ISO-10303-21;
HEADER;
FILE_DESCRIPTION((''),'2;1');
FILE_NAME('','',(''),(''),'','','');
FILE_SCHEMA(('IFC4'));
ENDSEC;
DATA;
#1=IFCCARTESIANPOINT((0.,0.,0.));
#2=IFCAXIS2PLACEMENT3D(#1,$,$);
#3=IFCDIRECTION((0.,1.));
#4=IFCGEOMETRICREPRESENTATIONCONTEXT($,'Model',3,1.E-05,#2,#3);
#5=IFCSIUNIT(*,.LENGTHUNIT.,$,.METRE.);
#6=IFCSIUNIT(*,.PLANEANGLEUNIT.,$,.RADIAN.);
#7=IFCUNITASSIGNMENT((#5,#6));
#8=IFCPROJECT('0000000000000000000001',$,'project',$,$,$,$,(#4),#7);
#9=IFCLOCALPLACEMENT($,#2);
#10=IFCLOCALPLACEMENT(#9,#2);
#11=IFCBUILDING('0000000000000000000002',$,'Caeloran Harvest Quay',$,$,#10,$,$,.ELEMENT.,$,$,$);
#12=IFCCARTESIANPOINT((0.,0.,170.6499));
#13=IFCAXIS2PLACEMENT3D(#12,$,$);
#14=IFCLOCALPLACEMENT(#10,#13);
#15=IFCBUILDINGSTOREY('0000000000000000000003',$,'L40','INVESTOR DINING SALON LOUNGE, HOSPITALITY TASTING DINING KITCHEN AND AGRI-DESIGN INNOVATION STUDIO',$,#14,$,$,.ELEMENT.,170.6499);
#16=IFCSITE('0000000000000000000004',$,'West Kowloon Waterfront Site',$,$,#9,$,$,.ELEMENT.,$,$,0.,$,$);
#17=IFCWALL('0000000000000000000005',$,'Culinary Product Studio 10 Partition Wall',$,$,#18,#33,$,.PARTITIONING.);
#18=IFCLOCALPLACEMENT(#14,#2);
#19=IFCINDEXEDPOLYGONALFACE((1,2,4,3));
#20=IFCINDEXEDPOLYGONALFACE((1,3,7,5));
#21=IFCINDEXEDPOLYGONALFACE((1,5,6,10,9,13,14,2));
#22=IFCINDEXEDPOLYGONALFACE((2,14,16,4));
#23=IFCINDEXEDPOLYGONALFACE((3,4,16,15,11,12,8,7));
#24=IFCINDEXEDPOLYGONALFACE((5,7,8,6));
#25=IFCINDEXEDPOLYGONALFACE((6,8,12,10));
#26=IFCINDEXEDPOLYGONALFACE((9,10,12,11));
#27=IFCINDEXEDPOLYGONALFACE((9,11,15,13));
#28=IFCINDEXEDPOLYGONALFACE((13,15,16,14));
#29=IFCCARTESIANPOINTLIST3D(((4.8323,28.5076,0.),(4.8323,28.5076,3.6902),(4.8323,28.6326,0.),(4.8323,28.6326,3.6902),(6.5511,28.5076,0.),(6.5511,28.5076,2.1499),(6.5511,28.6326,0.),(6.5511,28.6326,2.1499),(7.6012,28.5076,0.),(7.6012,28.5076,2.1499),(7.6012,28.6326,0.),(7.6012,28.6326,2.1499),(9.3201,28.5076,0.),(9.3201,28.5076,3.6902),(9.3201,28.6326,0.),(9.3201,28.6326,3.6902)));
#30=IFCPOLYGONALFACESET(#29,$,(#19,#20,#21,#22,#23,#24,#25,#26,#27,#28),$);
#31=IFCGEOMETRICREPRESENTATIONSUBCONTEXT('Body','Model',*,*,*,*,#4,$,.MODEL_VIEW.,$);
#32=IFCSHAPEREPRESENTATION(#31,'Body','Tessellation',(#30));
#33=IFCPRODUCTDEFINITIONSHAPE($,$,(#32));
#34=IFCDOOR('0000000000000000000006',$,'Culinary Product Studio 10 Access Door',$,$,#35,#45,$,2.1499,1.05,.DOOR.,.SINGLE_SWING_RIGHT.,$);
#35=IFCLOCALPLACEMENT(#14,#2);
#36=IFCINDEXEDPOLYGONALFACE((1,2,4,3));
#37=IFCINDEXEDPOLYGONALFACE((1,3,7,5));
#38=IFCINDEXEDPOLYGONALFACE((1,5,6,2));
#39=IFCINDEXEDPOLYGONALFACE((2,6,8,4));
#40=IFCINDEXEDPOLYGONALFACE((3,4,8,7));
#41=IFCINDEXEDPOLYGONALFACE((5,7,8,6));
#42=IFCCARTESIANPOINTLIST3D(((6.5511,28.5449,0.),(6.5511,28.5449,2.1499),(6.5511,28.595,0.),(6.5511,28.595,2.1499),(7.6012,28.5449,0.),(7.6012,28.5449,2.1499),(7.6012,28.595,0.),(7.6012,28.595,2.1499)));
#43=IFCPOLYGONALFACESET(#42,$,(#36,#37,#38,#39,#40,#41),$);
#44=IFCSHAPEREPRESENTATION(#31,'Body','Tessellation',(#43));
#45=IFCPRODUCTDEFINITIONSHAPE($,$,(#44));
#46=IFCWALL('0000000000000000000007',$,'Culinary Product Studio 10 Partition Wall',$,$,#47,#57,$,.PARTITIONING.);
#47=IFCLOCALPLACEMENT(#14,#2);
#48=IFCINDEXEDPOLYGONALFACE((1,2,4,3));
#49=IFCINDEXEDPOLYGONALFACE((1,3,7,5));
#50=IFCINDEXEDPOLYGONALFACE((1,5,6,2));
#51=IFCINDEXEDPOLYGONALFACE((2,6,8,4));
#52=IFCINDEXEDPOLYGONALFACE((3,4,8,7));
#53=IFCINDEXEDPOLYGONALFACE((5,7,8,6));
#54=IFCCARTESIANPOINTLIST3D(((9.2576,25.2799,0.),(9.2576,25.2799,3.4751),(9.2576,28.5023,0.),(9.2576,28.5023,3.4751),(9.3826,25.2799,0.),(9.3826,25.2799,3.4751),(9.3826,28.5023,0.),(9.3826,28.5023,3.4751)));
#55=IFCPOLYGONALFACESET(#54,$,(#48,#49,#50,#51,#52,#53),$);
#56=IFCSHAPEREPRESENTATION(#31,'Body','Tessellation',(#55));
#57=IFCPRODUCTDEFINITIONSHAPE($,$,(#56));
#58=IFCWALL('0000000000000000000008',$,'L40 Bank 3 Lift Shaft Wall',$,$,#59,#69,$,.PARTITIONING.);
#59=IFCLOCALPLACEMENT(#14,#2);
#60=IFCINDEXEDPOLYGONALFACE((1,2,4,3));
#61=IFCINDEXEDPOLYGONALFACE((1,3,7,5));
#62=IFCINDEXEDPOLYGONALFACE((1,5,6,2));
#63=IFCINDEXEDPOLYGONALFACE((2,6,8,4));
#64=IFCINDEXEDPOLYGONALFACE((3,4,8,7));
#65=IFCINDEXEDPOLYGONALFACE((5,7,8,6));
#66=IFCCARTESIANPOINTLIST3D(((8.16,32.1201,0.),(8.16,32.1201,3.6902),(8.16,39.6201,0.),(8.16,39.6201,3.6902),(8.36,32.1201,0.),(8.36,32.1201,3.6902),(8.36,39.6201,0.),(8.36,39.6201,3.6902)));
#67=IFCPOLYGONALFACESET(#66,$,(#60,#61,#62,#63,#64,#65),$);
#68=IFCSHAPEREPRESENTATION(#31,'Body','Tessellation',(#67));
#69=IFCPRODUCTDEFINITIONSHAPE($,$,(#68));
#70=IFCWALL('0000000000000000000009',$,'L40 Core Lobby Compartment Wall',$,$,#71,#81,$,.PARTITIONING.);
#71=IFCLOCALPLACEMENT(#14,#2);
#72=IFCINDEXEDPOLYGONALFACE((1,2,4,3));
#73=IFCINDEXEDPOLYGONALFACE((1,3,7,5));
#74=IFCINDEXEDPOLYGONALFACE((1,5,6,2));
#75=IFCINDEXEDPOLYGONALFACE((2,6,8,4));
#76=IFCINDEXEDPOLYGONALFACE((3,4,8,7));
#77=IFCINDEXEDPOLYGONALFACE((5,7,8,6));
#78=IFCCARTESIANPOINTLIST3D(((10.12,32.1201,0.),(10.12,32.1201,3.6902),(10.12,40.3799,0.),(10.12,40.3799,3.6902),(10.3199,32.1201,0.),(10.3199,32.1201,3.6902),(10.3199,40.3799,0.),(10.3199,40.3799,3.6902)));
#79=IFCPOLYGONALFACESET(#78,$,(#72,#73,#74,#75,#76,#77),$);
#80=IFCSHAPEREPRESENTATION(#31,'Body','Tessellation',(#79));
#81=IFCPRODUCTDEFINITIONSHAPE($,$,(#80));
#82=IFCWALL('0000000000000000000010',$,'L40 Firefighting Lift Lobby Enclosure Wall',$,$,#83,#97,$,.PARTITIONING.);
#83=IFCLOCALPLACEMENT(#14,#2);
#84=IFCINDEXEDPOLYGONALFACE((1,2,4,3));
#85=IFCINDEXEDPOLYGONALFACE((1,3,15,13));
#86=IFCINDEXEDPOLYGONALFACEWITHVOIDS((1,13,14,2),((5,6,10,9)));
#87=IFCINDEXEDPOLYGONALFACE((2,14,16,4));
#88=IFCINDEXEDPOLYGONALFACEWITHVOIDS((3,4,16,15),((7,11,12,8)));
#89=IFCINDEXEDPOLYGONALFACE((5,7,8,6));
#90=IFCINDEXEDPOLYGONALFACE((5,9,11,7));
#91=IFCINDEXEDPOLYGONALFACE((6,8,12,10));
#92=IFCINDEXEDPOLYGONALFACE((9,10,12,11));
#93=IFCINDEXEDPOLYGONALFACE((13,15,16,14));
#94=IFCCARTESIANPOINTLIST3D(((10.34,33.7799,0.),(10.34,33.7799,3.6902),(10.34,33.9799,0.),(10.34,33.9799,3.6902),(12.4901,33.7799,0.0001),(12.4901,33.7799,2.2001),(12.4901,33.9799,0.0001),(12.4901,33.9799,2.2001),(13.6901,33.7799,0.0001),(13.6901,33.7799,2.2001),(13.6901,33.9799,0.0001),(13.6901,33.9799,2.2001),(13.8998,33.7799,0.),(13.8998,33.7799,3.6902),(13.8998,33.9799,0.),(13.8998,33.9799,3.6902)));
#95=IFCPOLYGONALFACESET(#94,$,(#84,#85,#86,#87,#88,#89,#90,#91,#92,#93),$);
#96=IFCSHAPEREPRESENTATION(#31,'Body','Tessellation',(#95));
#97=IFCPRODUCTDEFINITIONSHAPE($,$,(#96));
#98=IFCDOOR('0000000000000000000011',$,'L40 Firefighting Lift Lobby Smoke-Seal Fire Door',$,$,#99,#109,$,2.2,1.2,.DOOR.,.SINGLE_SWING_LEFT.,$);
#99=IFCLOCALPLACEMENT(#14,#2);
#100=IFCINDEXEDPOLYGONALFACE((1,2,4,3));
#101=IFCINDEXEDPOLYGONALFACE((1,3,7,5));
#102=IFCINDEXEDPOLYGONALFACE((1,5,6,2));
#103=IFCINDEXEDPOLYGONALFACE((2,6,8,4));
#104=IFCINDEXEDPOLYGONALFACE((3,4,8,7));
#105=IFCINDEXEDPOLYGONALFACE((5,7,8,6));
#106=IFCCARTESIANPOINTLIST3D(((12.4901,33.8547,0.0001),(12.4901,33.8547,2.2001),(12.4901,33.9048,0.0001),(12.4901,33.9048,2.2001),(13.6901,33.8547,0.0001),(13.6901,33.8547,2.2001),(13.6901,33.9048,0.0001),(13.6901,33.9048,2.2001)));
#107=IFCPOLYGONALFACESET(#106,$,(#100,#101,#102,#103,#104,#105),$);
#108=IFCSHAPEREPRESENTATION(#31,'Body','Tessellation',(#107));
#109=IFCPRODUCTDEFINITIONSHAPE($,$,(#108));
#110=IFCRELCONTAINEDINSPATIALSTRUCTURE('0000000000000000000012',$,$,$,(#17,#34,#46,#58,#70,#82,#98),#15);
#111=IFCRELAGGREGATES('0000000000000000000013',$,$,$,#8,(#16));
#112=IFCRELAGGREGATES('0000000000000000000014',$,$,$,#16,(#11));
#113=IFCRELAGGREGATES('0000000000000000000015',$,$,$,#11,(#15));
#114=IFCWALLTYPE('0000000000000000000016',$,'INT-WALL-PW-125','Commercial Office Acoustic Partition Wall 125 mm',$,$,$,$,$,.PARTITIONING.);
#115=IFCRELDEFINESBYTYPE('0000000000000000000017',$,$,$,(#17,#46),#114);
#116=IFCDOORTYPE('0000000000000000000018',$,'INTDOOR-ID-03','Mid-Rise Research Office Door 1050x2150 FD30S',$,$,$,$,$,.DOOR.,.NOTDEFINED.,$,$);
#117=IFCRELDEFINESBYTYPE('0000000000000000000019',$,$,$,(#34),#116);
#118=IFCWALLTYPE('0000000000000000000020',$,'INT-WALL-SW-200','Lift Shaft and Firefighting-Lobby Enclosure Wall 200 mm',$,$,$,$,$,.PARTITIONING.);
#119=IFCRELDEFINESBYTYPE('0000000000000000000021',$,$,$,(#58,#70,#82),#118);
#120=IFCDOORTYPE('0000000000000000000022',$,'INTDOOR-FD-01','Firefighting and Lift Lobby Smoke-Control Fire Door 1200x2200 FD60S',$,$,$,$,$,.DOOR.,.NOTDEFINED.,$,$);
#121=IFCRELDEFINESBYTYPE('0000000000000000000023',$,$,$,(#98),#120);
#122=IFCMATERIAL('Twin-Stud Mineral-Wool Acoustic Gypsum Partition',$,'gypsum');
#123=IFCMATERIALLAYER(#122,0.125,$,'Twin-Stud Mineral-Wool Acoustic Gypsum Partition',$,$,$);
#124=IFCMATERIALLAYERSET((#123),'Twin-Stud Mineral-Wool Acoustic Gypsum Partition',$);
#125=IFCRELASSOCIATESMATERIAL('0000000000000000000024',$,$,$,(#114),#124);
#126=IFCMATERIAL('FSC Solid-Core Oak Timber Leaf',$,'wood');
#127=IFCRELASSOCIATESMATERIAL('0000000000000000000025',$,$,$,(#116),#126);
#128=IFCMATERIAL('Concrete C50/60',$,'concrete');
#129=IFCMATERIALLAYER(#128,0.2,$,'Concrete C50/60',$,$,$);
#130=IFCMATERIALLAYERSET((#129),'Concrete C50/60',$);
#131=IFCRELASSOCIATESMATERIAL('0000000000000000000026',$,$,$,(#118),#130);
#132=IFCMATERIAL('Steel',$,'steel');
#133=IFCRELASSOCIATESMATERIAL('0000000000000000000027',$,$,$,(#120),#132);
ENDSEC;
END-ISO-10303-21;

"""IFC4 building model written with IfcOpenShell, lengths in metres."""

from ifc_helpers import new_model, si_unit, direction, frame, frame_2d, origin, place, context, subcontext, project, spatial, rectangle, extrude, material, layer, layer_set, type_object, element, fill, save


model = new_model("IFC4")

# Units and contexts
model_context = context("Model", 3, precision=1e-05, world=origin(), true_north=direction((0.0, 1.0)))
body_context = subcontext(model_context, "Body", "Model", "MODEL_VIEW")
ifc_project = project(units=[si_unit("LENGTHUNIT", "METRE"), si_unit("PLANEANGLEUNIT", "RADIAN")], contexts=[model_context])

# Site, building, storey
site_placement = place(None, origin())
site = spatial("IfcSite", under=ifc_project, at=site_placement, Name="West Kowloon Waterfront Site", CompositionType="ELEMENT", RefElevation=0.0)
building_placement = place(site_placement, origin())
building = spatial("IfcBuilding", under=site, at=building_placement, Name="Caeloran Harvest Quay", CompositionType="ELEMENT")
storey_placement = place(building_placement, frame((0.0, 0.0, 170.6499)))
storey = spatial("IfcBuildingStorey", under=building, at=storey_placement, Name="L40", Description="INVESTOR DINING SALON LOUNGE, HOSPITALITY TASTING DINING KITCHEN AND AGRI-DESIGN INNOVATION STUDIO", CompositionType="ELEMENT", Elevation=170.6499)

# Shared definitions
ifc_material_1 = material(Name="Twin-Stud Mineral-Wool Acoustic Gypsum Partition", Category="gypsum")
ifc_layer_1 = layer(ifc_material_1, 0.125, Name="Twin-Stud Mineral-Wool Acoustic Gypsum Partition")
ifc_layer_set_1 = layer_set([ifc_layer_1], Name="Twin-Stud Mineral-Wool Acoustic Gypsum Partition")
wall_type_1 = type_object("IfcWallType", Name="INT-WALL-PW-125", Description="Commercial Office Acoustic Partition Wall 125 mm", PredefinedType="PARTITIONING", material=ifc_layer_set_1)

# Wall, opening, door
wall_1_placement = place(storey_placement, frame((4.8323, 28.5701, 0.0), z_axis=(0.0, 0.0, 1.0), x_axis=(1.0, 0.0, 0.0)))
wall_1 = element("IfcWall", 1, at=wall_1_placement, inside=storey, type_object=wall_type_1, Name="Culinary Product Studio 10 Partition Wall", PredefinedType="PARTITIONING", context=body_context, shape_type="SweptSolid", body=[
    extrude(rectangle(XDim=4.4878, YDim=0.125, at=frame_2d((2.2439, 0.0))), origin(), (0.0, 0.0, 1.0), 3.6902),
])
opening_1_placement = place(wall_1_placement, frame((1.719, 0.0, 0.0)))
opening_1 = element("IfcOpeningElement", 2, at=opening_1_placement, cuts=wall_1, PredefinedType="OPENING", context=body_context, shape_type="SweptSolid", body=[
    extrude(rectangle(XDim=1.05, YDim=2.1499, at=frame_2d((0.5249, 1.075))), frame((0.0, 0.0725, 0.0), z_axis=(0.0, -1.0, 0.0), x_axis=(1.0, 0.0, 0.0)), (0.0, 0.0, 1.0), 0.145),
])
ifc_material_2 = material(Name="FSC Solid-Core Oak Timber Leaf", Category="wood")
door_type_1 = type_object("IfcDoorType", Name="INTDOOR-ID-03", Description="Mid-Rise Research Office Door 1050x2150 FD30S", OperationType="NOTDEFINED", PredefinedType="DOOR", material=ifc_material_2)
door_1_placement = place(opening_1_placement, origin())
door_1 = element("IfcDoor", 3, at=door_1_placement, inside=storey, type_object=door_type_1, Name="Culinary Product Studio 10 Access Door", OperationType="SINGLE_SWING_RIGHT", OverallHeight=2.1499, OverallWidth=1.05, PredefinedType="DOOR", context=body_context, shape_type="SweptSolid", body=[
    extrude(rectangle(XDim=1.05, YDim=2.1499, at=frame_2d((0.5249, 1.075))), frame((0.0, 0.0249, 0.0), z_axis=(0.0, -1.0, 0.0), x_axis=(1.0, 0.0, 0.0)), (0.0, 0.0, 1.0), 0.05),
])
fill(opening_1, door_1)

# Walls
wall_2_placement = place(storey_placement, frame((9.3201, 28.5024, 0.0), z_axis=(0.0, 0.0, 1.0), x_axis=(0.0, -1.0, 0.0)))
element("IfcWall", 4, at=wall_2_placement, inside=storey, type_object=wall_type_1, Name="Culinary Product Studio 10 Partition Wall", PredefinedType="PARTITIONING", context=body_context, shape_type="SweptSolid", body=[
    extrude(rectangle(XDim=3.2224, YDim=0.125, at=frame_2d((1.6113, 0.0))), origin(), (0.0, 0.0, 1.0), 3.4751),
])
ifc_material_3 = material(Name="Concrete C50/60", Category="concrete")
ifc_layer_2 = layer(ifc_material_3, 0.2, Name="Concrete C50/60")
ifc_layer_set_2 = layer_set([ifc_layer_2], Name="Concrete C50/60")
wall_type_2 = type_object("IfcWallType", Name="INT-WALL-SW-200", Description="Lift Shaft and Firefighting-Lobby Enclosure Wall 200 mm", PredefinedType="PARTITIONING", material=ifc_layer_set_2)
wall_3_placement = place(storey_placement, frame((8.26, 32.1201, 0.0), z_axis=(0.0, 0.0, 1.0), x_axis=(0.0, 1.0, 0.0)))
element("IfcWall", 5, at=wall_3_placement, inside=storey, type_object=wall_type_2, Name="L40 Bank 3 Lift Shaft Wall", PredefinedType="PARTITIONING", context=body_context, shape_type="SweptSolid", body=[
    extrude(rectangle(XDim=7.5, YDim=0.2, at=frame_2d((3.75, 0.0))), origin(), (0.0, 0.0, 1.0), 3.6902),
])
wall_4_placement = place(storey_placement, frame((10.22, 32.1201, 0.0), z_axis=(0.0, 0.0, 1.0), x_axis=(0.0, 1.0, 0.0)))
element("IfcWall", 6, at=wall_4_placement, inside=storey, type_object=wall_type_2, Name="L40 Core Lobby Compartment Wall", PredefinedType="PARTITIONING", context=body_context, shape_type="SweptSolid", body=[
    extrude(rectangle(XDim=8.2598, YDim=0.2, at=frame_2d((4.1299, 0.0))), origin(), (0.0, 0.0, 1.0), 3.6902),
])

# Wall, opening, door
wall_5_placement = place(storey_placement, frame((10.3401, 33.8799, 0.0), z_axis=(0.0, 0.0, 1.0), x_axis=(1.0, 0.0, 0.0)))
wall_5 = element("IfcWall", 7, at=wall_5_placement, inside=storey, type_object=wall_type_2, Name="L40 Firefighting Lift Lobby Enclosure Wall", PredefinedType="PARTITIONING", context=body_context, shape_type="SweptSolid", body=[
    extrude(rectangle(XDim=3.5598, YDim=0.2, at=frame_2d((1.7798, 0.0))), origin(), (0.0, 0.0, 1.0), 3.6902),
])
opening_2_placement = place(wall_5_placement, frame((2.1499, 0.0, 0.0)))
opening_2 = element("IfcOpeningElement", 8, at=opening_2_placement, cuts=wall_5, PredefinedType="OPENING", context=body_context, shape_type="SweptSolid", body=[
    extrude(rectangle(XDim=1.2, YDim=2.2, at=frame_2d((0.6001, 1.1001))), frame((0.0, 0.1099, 0.0), z_axis=(0.0, -1.0, 0.0), x_axis=(1.0, 0.0, 0.0)), (0.0, 0.0, 1.0), 0.22),
])
ifc_material_4 = material(Name="Steel", Category="steel")
door_type_2 = type_object("IfcDoorType", Name="INTDOOR-FD-01", Description="Firefighting and Lift Lobby Smoke-Control Fire Door 1200x2200 FD60S", OperationType="NOTDEFINED", PredefinedType="DOOR", material=ifc_material_4)
door_2_placement = place(opening_2_placement, origin())
door_2 = element("IfcDoor", 9, at=door_2_placement, inside=storey, type_object=door_type_2, Name="L40 Firefighting Lift Lobby Smoke-Seal Fire Door", OperationType="SINGLE_SWING_LEFT", OverallHeight=2.2, OverallWidth=1.2, PredefinedType="DOOR", context=body_context, shape_type="SweptSolid", body=[
    extrude(rectangle(XDim=1.2, YDim=2.2, at=frame_2d((0.6001, 1.1001))), frame((0.0, 0.0249, 0.0), z_axis=(0.0, -1.0, 0.0), x_axis=(1.0, 0.0, 0.0)), (0.0, 0.0, 1.0), 0.05),
])
fill(opening_2, door_2)

save(model, "model.ifc")
